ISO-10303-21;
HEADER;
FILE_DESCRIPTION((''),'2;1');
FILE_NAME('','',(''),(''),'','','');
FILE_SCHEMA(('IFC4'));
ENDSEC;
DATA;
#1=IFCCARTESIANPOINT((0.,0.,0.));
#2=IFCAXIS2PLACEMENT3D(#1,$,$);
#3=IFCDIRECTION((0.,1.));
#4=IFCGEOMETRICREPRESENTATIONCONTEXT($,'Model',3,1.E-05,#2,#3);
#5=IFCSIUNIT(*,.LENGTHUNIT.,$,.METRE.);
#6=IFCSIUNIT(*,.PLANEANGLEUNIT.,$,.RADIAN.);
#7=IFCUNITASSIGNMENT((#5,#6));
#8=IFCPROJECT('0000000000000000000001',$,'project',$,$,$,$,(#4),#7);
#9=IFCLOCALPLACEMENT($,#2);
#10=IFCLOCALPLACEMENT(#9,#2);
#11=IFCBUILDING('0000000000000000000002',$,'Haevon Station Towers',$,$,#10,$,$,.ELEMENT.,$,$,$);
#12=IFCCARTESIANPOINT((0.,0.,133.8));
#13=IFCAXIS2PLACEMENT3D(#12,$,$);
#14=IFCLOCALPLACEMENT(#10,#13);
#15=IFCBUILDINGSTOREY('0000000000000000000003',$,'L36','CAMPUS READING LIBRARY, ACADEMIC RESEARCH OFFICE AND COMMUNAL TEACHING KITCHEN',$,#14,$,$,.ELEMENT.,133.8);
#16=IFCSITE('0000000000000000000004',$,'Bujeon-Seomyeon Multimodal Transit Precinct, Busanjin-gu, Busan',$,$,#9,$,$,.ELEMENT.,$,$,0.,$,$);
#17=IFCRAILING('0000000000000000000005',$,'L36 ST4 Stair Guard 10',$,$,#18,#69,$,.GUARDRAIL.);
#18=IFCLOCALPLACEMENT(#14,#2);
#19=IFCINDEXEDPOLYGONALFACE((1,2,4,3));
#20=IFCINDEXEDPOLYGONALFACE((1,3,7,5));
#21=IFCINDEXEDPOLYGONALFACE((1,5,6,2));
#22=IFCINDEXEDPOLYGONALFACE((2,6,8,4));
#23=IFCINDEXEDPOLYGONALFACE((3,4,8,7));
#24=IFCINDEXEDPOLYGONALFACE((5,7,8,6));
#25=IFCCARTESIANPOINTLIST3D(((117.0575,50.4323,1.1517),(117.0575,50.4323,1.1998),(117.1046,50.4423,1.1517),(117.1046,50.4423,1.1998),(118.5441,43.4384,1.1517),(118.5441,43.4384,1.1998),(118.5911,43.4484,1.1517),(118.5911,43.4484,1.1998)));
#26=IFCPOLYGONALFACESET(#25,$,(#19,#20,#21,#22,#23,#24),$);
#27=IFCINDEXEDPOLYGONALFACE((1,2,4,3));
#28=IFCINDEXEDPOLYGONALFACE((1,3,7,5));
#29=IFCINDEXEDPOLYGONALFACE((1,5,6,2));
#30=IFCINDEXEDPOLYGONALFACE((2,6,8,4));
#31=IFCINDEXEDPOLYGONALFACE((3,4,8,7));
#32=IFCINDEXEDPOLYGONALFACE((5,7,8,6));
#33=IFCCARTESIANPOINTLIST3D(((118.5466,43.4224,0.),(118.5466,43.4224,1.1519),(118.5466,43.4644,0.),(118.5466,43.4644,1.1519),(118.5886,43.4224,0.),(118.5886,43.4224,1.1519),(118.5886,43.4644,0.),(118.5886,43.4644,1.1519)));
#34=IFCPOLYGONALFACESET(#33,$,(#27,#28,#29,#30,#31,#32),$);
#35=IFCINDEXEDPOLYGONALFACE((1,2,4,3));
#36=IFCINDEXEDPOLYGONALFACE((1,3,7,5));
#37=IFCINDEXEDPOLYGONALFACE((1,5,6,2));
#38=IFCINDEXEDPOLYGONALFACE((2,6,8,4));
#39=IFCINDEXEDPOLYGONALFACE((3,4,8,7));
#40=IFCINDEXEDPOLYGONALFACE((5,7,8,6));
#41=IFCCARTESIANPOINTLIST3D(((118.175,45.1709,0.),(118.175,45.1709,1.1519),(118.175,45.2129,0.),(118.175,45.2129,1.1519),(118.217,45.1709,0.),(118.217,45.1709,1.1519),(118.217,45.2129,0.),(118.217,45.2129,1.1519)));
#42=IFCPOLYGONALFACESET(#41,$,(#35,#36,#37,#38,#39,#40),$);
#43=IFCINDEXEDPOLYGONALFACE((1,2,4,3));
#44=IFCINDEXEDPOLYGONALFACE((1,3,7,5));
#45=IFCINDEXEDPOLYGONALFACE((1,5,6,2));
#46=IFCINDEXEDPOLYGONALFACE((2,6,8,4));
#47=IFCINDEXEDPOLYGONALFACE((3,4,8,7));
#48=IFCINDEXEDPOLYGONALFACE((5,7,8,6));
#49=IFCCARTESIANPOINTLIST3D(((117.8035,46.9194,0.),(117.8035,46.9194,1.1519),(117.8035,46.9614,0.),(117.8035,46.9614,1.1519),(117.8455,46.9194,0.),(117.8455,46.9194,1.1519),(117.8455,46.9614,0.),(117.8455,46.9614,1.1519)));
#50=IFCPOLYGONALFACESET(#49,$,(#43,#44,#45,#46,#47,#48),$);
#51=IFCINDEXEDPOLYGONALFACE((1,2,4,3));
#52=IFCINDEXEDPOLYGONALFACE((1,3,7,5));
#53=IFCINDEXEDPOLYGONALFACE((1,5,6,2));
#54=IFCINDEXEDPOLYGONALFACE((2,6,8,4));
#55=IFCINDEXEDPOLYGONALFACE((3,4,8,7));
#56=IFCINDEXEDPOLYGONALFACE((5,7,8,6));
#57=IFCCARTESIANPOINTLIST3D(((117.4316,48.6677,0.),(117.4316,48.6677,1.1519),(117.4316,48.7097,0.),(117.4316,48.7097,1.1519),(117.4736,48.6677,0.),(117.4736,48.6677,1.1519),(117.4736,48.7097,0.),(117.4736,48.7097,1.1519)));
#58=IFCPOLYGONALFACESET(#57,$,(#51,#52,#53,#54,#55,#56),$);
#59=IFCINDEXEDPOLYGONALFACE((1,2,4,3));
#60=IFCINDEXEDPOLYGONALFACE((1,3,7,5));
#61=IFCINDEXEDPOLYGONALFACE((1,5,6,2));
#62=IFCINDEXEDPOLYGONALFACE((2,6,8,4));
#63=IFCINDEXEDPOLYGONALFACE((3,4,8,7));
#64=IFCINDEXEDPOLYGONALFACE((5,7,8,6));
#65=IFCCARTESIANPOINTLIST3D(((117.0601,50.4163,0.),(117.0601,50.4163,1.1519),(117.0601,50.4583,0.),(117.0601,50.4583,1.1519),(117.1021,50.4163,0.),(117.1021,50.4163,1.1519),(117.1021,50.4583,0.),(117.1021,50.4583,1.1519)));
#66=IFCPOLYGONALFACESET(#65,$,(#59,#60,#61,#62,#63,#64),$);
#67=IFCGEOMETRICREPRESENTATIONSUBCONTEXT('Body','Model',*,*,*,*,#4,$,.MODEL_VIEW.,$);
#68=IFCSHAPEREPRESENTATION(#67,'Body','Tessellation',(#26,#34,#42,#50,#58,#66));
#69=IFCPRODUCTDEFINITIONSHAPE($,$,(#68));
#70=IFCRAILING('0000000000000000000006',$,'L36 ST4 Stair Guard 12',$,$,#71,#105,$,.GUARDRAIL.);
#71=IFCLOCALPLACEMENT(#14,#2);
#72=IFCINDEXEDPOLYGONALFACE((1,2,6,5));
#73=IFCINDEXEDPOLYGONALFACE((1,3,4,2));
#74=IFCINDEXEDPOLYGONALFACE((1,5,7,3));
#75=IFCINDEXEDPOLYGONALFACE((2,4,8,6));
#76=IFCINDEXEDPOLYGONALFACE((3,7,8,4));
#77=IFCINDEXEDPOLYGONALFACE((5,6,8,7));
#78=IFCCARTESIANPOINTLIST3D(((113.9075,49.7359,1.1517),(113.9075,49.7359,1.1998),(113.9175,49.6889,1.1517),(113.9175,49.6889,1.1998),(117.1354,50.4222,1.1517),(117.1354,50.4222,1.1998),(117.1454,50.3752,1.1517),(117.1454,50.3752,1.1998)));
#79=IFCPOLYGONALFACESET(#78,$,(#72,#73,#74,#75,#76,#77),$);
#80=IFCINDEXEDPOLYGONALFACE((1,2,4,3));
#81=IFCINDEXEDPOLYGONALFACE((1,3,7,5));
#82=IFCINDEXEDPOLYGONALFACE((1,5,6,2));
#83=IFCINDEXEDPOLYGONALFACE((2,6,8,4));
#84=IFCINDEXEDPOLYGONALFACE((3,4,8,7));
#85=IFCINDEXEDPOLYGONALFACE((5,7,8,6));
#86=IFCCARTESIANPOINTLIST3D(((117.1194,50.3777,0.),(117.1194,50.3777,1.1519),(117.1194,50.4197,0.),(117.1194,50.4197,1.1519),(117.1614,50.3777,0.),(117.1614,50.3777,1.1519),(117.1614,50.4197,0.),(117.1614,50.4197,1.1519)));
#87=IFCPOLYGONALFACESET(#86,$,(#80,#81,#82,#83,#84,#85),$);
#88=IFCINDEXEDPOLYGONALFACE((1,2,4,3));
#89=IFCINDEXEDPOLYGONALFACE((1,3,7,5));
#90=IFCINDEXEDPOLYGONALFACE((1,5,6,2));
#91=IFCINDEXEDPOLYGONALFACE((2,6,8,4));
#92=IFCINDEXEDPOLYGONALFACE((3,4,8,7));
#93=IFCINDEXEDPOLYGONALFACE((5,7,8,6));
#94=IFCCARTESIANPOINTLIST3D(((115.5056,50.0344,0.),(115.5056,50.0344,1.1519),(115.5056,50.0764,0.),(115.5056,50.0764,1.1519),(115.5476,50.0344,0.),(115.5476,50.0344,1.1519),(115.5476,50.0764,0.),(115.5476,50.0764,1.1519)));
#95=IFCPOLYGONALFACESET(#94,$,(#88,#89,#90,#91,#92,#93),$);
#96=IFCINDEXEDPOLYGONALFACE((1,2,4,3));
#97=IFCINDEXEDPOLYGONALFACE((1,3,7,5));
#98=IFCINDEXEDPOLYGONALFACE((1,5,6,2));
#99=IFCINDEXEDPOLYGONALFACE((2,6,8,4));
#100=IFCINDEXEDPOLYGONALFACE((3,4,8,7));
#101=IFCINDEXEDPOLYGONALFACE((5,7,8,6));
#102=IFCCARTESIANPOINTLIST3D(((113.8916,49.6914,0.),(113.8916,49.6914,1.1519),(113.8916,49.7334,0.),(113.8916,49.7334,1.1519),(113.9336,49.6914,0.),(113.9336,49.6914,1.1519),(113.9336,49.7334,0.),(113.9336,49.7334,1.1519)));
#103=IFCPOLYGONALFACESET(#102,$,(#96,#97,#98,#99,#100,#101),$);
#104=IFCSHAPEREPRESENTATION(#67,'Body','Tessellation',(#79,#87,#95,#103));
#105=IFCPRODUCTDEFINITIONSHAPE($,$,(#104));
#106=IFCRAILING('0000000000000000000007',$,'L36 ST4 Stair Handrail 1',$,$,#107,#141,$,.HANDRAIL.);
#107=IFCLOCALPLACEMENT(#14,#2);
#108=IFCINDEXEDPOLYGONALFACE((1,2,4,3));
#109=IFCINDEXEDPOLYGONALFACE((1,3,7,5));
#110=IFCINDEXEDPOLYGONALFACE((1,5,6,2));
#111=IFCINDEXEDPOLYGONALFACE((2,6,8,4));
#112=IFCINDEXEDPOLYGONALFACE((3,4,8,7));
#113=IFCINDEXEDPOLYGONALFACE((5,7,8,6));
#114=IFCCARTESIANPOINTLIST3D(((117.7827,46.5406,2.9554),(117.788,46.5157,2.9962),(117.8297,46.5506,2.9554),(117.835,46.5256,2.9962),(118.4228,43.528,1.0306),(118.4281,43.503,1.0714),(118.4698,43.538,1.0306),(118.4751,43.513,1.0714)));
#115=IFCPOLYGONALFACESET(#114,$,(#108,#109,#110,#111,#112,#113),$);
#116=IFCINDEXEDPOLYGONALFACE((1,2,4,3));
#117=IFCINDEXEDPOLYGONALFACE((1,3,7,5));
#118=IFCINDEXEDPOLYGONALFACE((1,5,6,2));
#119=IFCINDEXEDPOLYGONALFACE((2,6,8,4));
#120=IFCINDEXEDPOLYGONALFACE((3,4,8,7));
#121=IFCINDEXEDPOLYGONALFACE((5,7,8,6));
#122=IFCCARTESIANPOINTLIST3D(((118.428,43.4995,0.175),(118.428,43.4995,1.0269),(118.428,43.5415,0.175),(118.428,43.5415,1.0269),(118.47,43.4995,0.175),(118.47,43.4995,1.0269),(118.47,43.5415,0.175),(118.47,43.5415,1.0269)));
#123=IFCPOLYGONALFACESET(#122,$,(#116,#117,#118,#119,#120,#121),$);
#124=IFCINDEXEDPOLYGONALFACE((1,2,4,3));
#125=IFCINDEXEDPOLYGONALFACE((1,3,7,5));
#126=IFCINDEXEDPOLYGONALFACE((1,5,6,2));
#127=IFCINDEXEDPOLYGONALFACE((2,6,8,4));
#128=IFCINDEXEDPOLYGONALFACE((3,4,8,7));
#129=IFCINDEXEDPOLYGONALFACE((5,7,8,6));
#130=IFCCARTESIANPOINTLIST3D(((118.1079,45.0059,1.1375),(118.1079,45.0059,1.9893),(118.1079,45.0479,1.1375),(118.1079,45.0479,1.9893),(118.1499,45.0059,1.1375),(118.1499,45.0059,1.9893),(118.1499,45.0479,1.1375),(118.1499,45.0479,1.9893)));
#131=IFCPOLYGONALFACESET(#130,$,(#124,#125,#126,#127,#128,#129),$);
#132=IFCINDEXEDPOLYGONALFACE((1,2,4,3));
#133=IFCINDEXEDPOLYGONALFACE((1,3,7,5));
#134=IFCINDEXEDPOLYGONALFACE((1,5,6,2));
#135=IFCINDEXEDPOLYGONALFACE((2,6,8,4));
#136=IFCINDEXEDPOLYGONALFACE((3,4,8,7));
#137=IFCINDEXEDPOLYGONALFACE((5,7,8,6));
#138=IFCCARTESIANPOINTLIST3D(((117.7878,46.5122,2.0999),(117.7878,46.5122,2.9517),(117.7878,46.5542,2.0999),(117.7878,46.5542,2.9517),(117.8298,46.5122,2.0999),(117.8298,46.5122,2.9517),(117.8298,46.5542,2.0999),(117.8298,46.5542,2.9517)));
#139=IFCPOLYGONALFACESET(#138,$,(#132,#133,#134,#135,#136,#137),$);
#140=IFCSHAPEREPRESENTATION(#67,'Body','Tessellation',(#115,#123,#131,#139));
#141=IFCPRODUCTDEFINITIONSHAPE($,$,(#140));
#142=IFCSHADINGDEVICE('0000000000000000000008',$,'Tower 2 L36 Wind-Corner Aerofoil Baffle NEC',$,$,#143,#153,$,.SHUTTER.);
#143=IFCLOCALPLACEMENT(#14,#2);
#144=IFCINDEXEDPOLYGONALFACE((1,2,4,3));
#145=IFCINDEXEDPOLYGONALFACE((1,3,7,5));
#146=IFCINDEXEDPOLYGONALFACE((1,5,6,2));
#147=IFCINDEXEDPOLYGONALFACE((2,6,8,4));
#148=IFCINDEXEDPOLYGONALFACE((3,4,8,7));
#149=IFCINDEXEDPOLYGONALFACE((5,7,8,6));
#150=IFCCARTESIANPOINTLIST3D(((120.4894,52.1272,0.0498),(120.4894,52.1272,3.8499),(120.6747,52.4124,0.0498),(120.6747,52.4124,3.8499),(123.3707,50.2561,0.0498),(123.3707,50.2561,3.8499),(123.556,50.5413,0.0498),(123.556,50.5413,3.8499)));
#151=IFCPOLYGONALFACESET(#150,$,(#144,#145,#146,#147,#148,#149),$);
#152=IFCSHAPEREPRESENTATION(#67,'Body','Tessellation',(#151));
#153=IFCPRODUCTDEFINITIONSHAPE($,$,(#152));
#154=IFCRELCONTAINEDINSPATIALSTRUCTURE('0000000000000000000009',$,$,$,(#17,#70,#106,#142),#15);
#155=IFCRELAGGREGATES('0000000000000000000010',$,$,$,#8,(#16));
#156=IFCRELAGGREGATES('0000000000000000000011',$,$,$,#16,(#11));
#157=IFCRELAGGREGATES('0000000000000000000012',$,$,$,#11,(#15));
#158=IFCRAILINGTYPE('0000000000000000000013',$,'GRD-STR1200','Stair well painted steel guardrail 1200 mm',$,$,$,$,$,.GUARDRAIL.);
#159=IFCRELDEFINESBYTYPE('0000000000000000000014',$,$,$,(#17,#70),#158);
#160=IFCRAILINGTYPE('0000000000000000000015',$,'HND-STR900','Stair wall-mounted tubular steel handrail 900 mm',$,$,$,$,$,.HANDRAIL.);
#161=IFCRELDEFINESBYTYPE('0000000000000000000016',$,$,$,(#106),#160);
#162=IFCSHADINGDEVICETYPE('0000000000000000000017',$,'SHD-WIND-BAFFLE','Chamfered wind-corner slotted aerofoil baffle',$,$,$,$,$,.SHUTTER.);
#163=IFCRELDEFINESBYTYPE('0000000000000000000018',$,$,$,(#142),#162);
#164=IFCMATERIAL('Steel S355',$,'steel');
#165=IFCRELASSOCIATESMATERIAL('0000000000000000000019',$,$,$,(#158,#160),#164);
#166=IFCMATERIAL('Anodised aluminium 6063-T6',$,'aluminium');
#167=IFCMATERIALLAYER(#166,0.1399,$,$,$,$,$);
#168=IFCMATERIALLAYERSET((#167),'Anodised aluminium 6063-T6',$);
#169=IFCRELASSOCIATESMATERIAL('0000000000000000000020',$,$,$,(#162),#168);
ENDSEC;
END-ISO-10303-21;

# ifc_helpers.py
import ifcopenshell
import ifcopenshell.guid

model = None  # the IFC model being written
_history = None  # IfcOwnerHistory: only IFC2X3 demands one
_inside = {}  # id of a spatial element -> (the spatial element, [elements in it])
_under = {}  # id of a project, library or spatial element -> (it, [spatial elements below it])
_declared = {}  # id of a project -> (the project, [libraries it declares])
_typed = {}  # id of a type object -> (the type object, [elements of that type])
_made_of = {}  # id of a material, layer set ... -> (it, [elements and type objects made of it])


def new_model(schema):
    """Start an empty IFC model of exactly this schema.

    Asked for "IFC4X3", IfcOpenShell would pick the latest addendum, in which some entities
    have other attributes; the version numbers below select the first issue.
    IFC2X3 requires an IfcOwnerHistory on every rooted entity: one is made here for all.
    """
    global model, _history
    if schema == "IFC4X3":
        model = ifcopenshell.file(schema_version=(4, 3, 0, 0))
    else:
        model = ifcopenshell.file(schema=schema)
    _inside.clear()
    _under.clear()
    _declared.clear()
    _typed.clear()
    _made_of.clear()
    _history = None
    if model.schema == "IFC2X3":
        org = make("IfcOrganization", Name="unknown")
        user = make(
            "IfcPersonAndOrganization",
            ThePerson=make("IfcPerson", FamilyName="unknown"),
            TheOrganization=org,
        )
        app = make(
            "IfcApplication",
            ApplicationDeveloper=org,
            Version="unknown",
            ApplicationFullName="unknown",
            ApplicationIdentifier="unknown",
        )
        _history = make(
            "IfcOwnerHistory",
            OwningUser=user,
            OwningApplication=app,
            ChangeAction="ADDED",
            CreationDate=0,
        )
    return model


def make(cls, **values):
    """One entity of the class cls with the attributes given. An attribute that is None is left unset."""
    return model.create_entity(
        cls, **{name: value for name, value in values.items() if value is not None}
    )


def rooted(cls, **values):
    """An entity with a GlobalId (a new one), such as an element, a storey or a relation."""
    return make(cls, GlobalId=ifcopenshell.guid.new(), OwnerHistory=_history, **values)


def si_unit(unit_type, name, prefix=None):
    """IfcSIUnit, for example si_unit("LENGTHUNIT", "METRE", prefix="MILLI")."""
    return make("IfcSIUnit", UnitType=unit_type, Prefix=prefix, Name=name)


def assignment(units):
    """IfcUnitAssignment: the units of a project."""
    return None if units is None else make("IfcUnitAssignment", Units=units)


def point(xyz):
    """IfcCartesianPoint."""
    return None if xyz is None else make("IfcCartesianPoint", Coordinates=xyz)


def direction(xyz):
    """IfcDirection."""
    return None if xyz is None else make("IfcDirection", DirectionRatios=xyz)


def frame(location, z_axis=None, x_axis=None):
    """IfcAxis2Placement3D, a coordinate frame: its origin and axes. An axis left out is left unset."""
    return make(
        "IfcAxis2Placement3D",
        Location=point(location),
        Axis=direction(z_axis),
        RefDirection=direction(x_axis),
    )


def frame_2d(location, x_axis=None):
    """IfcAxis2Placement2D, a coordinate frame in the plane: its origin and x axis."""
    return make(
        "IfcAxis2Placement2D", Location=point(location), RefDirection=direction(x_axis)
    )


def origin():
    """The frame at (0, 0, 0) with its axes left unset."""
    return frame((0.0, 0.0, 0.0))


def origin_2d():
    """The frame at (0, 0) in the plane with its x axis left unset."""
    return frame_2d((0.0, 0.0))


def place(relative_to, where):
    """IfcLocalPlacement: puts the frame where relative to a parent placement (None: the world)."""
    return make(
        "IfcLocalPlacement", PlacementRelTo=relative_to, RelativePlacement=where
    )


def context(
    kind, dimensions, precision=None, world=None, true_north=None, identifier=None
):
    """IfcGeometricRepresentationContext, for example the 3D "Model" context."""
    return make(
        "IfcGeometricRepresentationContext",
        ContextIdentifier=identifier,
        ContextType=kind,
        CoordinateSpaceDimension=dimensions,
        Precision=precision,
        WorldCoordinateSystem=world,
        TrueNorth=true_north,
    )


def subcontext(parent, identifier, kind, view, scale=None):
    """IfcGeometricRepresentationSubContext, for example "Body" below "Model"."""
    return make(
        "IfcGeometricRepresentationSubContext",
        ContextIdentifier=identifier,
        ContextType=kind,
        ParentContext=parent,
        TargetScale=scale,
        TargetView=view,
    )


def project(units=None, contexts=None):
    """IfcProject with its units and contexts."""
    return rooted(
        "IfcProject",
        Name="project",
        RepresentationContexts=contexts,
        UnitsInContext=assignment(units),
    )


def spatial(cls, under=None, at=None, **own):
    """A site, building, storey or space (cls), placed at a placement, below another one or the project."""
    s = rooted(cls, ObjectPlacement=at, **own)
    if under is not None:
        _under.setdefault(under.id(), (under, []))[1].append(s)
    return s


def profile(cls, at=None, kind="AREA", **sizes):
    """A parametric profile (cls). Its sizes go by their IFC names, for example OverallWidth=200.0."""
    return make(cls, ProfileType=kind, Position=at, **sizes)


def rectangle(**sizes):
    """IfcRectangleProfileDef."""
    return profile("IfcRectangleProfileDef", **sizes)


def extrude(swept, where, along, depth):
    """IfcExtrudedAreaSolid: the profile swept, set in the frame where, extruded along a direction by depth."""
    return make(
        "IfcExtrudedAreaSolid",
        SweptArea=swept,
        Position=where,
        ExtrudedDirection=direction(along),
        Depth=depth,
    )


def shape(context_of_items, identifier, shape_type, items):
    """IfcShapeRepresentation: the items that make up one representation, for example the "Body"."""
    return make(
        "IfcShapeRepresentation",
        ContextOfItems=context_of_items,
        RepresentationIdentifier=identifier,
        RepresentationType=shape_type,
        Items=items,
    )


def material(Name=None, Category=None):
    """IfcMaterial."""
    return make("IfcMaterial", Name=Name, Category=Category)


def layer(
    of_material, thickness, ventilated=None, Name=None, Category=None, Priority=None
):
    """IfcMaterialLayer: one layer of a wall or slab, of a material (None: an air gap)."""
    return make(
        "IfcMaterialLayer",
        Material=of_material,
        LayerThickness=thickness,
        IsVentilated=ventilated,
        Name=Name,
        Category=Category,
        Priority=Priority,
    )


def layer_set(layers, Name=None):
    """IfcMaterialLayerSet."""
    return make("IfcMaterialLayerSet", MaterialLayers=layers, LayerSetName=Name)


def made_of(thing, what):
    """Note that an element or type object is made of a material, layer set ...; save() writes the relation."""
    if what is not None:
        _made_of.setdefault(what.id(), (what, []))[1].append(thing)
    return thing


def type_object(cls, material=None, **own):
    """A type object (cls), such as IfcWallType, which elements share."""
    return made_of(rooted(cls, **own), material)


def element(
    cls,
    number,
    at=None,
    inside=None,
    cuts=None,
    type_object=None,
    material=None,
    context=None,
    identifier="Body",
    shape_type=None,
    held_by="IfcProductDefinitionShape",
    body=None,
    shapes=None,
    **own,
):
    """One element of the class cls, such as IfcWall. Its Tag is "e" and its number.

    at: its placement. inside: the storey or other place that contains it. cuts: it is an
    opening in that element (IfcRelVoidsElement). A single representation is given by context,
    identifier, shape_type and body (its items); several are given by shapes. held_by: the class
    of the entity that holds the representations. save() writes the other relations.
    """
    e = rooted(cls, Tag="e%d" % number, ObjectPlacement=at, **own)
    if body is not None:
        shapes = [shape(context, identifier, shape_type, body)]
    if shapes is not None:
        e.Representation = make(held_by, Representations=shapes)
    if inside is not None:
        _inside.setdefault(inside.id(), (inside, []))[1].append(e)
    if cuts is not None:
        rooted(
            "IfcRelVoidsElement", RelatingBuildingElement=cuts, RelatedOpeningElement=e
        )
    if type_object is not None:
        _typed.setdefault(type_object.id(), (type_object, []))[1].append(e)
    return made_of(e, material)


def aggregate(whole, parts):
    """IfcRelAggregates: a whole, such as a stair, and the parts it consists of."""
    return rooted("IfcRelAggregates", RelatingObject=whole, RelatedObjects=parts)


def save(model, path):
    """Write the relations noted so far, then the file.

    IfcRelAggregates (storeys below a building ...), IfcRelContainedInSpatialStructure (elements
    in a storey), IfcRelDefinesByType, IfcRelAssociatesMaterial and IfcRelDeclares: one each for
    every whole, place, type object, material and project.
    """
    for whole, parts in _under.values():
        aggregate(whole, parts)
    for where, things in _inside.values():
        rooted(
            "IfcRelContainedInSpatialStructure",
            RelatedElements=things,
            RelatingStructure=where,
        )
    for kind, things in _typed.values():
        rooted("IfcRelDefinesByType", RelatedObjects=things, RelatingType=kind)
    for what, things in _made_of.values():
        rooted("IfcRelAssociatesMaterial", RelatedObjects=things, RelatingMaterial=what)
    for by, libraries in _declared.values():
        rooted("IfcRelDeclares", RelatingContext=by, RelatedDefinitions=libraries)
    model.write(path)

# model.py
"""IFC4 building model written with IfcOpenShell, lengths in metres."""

from ifc_helpers import new_model, si_unit, direction, frame, origin, origin_2d, place, context, subcontext, project, spatial, rectangle, extrude, material, layer, layer_set, type_object, element, save


model = new_model("IFC4")

# Units and contexts
model_context = context("Model", 3, precision=1e-05, world=origin(), true_north=direction((0.0, 1.0)))
body_context = subcontext(model_context, "Body", "Model", "MODEL_VIEW")
ifc_project = project(units=[si_unit("LENGTHUNIT", "METRE"), si_unit("PLANEANGLEUNIT", "RADIAN")], contexts=[model_context])

# Site, building, storey
site_placement = place(None, origin())
site = spatial("IfcSite", under=ifc_project, at=site_placement, Name="Bujeon-Seomyeon Multimodal Transit Precinct, Busanjin-gu, Busan", CompositionType="ELEMENT", RefElevation=0.0)
building_placement = place(site_placement, origin())
building = spatial("IfcBuilding", under=site, at=building_placement, Name="Haevon Station Towers", CompositionType="ELEMENT")
storey_placement = place(building_placement, frame((0.0, 0.0, 133.8)))
storey = spatial("IfcBuildingStorey", under=building, at=storey_placement, Name="L36", Description="CAMPUS READING LIBRARY, ACADEMIC RESEARCH OFFICE AND COMMUNAL TEACHING KITCHEN", CompositionType="ELEMENT", Elevation=133.8)

# Shared definitions
ifc_material_1 = material(Name="Steel S355", Category="steel")

# Railings
railing_type_1 = type_object("IfcRailingType", Name="GRD-STR1200", Description="Stair well painted steel guardrail 1200 mm", PredefinedType="GUARDRAIL", material=ifc_material_1)
railing_1_placement = place(storey_placement, frame((118.5676, 43.4434, 0.0)))
element("IfcRailing", 1, at=railing_1_placement, inside=storey, type_object=railing_type_1, Name="L36 ST4 Stair Guard 10", PredefinedType="GUARDRAIL", context=body_context, shape_type="SweptSolid", body=[
    extrude(rectangle(XDim=0.0481, YDim=0.0481, at=origin_2d()), frame((0.0, 0.0, 1.1758), z_axis=(-0.207908, 0.978148, 0.0), x_axis=(-0.978148, -0.207908, 0.0)), (0.0, 0.0, 1.0), 7.1501),
    extrude(rectangle(XDim=0.042, YDim=0.042, at=origin_2d()), origin(), (0.0, 0.0, 1.0), 1.1519),
    extrude(rectangle(XDim=0.042, YDim=0.042, at=origin_2d()), frame((-0.3716, 1.7485, 0.0)), (0.0, 0.0, 1.0), 1.1519),
    extrude(rectangle(XDim=0.042, YDim=0.042, at=origin_2d()), frame((-0.7432, 3.4971, 0.0)), (0.0, 0.0, 1.0), 1.1519),
    extrude(rectangle(XDim=0.042, YDim=0.042, at=origin_2d()), frame((-1.115, 5.2454, 0.0)), (0.0, 0.0, 1.0), 1.1519),
    extrude(rectangle(XDim=0.042, YDim=0.042, at=origin_2d()), frame((-1.4866, 6.9939, 0.0)), (0.0, 0.0, 1.0), 1.1519),
])
railing_2_placement = place(storey_placement, frame((117.1404, 50.3987, 0.0)))
element("IfcRailing", 2, at=railing_2_placement, inside=storey, type_object=railing_type_1, Name="L36 ST4 Stair Guard 12", PredefinedType="GUARDRAIL", context=body_context, shape_type="SweptSolid", body=[
    extrude(rectangle(XDim=0.0481, YDim=0.0481, at=origin_2d()), frame((0.0, 0.0, 1.1758), z_axis=(-0.978136, -0.207968, 0.0), x_axis=(0.207968, -0.978136, 0.0)), (0.0, 0.0, 1.0), 3.3),
    extrude(rectangle(XDim=0.042, YDim=0.042, at=origin_2d()), origin(), (0.0, 0.0, 1.0), 1.1519),
    extrude(rectangle(XDim=0.042, YDim=0.042, at=origin_2d()), frame((-1.6138, -0.3433, 0.0)), (0.0, 0.0, 1.0), 1.1519),
    extrude(rectangle(XDim=0.042, YDim=0.042, at=origin_2d()), frame((-3.2278, -0.6863, 0.0)), (0.0, 0.0, 1.0), 1.1519),
])
railing_type_2 = type_object("IfcRailingType", Name="HND-STR900", Description="Stair wall-mounted tubular steel handrail 900 mm", PredefinedType="HANDRAIL", material=ifc_material_1)
railing_3_placement = place(storey_placement, frame((118.449, 43.5205, 0.175)))
element("IfcRailing", 3, at=railing_3_placement, inside=storey, type_object=railing_type_2, Name="L36 ST4 Stair Handrail 1", PredefinedType="HANDRAIL", context=body_context, shape_type="SweptSolid", body=[
    extrude(rectangle(XDim=0.0481, YDim=0.0481, at=origin_2d()), frame((0.0, 0.0, 0.876), z_axis=(-0.176252, 0.829501, 0.529966), x_axis=(-0.978163, -0.20784, 0.0)), (0.0, 0.0, 1.0), 3.6318),
    extrude(rectangle(XDim=0.042, YDim=0.042, at=origin_2d()), origin(), (0.0, 0.0, 1.0), 0.8518),
    extrude(rectangle(XDim=0.042, YDim=0.042, at=origin_2d()), frame((-0.3201, 1.5063, 0.9624)), (0.0, 0.0, 1.0), 0.8518),
    extrude(rectangle(XDim=0.042, YDim=0.042, at=origin_2d()), frame((-0.6401, 3.0127, 1.9248)), (0.0, 0.0, 1.0), 0.8518),
])

# Shading device
ifc_material_2 = material(Name="Anodised aluminium 6063-T6", Category="aluminium")
ifc_layer_1 = layer(ifc_material_2, 0.1399)
ifc_layer_set_1 = layer_set([ifc_layer_1], Name="Anodised aluminium 6063-T6")
shading_device_type = type_object("IfcShadingDeviceType", Name="SHD-WIND-BAFFLE", Description="Chamfered wind-corner slotted aerofoil baffle", PredefinedType="SHUTTER", material=ifc_layer_set_1)
shading_device_placement = place(storey_placement, frame((122.0227, 51.3342, 0.0498), z_axis=(0.0, 0.0, 1.0), x_axis=(0.838671, -0.544639, 0.0)))
element("IfcShadingDevice", 4, at=shading_device_placement, inside=storey, type_object=shading_device_type, Name="Tower 2 L36 Wind-Corner Aerofoil Baffle NEC", PredefinedType="SHUTTER", context=body_context, shape_type="SweptSolid", body=[
    extrude(rectangle(XDim=3.4355, YDim=0.3401, at=origin_2d()), origin(), (0.0, 0.0, 1.0), 3.8),
])

save(model, "model.ifc")
